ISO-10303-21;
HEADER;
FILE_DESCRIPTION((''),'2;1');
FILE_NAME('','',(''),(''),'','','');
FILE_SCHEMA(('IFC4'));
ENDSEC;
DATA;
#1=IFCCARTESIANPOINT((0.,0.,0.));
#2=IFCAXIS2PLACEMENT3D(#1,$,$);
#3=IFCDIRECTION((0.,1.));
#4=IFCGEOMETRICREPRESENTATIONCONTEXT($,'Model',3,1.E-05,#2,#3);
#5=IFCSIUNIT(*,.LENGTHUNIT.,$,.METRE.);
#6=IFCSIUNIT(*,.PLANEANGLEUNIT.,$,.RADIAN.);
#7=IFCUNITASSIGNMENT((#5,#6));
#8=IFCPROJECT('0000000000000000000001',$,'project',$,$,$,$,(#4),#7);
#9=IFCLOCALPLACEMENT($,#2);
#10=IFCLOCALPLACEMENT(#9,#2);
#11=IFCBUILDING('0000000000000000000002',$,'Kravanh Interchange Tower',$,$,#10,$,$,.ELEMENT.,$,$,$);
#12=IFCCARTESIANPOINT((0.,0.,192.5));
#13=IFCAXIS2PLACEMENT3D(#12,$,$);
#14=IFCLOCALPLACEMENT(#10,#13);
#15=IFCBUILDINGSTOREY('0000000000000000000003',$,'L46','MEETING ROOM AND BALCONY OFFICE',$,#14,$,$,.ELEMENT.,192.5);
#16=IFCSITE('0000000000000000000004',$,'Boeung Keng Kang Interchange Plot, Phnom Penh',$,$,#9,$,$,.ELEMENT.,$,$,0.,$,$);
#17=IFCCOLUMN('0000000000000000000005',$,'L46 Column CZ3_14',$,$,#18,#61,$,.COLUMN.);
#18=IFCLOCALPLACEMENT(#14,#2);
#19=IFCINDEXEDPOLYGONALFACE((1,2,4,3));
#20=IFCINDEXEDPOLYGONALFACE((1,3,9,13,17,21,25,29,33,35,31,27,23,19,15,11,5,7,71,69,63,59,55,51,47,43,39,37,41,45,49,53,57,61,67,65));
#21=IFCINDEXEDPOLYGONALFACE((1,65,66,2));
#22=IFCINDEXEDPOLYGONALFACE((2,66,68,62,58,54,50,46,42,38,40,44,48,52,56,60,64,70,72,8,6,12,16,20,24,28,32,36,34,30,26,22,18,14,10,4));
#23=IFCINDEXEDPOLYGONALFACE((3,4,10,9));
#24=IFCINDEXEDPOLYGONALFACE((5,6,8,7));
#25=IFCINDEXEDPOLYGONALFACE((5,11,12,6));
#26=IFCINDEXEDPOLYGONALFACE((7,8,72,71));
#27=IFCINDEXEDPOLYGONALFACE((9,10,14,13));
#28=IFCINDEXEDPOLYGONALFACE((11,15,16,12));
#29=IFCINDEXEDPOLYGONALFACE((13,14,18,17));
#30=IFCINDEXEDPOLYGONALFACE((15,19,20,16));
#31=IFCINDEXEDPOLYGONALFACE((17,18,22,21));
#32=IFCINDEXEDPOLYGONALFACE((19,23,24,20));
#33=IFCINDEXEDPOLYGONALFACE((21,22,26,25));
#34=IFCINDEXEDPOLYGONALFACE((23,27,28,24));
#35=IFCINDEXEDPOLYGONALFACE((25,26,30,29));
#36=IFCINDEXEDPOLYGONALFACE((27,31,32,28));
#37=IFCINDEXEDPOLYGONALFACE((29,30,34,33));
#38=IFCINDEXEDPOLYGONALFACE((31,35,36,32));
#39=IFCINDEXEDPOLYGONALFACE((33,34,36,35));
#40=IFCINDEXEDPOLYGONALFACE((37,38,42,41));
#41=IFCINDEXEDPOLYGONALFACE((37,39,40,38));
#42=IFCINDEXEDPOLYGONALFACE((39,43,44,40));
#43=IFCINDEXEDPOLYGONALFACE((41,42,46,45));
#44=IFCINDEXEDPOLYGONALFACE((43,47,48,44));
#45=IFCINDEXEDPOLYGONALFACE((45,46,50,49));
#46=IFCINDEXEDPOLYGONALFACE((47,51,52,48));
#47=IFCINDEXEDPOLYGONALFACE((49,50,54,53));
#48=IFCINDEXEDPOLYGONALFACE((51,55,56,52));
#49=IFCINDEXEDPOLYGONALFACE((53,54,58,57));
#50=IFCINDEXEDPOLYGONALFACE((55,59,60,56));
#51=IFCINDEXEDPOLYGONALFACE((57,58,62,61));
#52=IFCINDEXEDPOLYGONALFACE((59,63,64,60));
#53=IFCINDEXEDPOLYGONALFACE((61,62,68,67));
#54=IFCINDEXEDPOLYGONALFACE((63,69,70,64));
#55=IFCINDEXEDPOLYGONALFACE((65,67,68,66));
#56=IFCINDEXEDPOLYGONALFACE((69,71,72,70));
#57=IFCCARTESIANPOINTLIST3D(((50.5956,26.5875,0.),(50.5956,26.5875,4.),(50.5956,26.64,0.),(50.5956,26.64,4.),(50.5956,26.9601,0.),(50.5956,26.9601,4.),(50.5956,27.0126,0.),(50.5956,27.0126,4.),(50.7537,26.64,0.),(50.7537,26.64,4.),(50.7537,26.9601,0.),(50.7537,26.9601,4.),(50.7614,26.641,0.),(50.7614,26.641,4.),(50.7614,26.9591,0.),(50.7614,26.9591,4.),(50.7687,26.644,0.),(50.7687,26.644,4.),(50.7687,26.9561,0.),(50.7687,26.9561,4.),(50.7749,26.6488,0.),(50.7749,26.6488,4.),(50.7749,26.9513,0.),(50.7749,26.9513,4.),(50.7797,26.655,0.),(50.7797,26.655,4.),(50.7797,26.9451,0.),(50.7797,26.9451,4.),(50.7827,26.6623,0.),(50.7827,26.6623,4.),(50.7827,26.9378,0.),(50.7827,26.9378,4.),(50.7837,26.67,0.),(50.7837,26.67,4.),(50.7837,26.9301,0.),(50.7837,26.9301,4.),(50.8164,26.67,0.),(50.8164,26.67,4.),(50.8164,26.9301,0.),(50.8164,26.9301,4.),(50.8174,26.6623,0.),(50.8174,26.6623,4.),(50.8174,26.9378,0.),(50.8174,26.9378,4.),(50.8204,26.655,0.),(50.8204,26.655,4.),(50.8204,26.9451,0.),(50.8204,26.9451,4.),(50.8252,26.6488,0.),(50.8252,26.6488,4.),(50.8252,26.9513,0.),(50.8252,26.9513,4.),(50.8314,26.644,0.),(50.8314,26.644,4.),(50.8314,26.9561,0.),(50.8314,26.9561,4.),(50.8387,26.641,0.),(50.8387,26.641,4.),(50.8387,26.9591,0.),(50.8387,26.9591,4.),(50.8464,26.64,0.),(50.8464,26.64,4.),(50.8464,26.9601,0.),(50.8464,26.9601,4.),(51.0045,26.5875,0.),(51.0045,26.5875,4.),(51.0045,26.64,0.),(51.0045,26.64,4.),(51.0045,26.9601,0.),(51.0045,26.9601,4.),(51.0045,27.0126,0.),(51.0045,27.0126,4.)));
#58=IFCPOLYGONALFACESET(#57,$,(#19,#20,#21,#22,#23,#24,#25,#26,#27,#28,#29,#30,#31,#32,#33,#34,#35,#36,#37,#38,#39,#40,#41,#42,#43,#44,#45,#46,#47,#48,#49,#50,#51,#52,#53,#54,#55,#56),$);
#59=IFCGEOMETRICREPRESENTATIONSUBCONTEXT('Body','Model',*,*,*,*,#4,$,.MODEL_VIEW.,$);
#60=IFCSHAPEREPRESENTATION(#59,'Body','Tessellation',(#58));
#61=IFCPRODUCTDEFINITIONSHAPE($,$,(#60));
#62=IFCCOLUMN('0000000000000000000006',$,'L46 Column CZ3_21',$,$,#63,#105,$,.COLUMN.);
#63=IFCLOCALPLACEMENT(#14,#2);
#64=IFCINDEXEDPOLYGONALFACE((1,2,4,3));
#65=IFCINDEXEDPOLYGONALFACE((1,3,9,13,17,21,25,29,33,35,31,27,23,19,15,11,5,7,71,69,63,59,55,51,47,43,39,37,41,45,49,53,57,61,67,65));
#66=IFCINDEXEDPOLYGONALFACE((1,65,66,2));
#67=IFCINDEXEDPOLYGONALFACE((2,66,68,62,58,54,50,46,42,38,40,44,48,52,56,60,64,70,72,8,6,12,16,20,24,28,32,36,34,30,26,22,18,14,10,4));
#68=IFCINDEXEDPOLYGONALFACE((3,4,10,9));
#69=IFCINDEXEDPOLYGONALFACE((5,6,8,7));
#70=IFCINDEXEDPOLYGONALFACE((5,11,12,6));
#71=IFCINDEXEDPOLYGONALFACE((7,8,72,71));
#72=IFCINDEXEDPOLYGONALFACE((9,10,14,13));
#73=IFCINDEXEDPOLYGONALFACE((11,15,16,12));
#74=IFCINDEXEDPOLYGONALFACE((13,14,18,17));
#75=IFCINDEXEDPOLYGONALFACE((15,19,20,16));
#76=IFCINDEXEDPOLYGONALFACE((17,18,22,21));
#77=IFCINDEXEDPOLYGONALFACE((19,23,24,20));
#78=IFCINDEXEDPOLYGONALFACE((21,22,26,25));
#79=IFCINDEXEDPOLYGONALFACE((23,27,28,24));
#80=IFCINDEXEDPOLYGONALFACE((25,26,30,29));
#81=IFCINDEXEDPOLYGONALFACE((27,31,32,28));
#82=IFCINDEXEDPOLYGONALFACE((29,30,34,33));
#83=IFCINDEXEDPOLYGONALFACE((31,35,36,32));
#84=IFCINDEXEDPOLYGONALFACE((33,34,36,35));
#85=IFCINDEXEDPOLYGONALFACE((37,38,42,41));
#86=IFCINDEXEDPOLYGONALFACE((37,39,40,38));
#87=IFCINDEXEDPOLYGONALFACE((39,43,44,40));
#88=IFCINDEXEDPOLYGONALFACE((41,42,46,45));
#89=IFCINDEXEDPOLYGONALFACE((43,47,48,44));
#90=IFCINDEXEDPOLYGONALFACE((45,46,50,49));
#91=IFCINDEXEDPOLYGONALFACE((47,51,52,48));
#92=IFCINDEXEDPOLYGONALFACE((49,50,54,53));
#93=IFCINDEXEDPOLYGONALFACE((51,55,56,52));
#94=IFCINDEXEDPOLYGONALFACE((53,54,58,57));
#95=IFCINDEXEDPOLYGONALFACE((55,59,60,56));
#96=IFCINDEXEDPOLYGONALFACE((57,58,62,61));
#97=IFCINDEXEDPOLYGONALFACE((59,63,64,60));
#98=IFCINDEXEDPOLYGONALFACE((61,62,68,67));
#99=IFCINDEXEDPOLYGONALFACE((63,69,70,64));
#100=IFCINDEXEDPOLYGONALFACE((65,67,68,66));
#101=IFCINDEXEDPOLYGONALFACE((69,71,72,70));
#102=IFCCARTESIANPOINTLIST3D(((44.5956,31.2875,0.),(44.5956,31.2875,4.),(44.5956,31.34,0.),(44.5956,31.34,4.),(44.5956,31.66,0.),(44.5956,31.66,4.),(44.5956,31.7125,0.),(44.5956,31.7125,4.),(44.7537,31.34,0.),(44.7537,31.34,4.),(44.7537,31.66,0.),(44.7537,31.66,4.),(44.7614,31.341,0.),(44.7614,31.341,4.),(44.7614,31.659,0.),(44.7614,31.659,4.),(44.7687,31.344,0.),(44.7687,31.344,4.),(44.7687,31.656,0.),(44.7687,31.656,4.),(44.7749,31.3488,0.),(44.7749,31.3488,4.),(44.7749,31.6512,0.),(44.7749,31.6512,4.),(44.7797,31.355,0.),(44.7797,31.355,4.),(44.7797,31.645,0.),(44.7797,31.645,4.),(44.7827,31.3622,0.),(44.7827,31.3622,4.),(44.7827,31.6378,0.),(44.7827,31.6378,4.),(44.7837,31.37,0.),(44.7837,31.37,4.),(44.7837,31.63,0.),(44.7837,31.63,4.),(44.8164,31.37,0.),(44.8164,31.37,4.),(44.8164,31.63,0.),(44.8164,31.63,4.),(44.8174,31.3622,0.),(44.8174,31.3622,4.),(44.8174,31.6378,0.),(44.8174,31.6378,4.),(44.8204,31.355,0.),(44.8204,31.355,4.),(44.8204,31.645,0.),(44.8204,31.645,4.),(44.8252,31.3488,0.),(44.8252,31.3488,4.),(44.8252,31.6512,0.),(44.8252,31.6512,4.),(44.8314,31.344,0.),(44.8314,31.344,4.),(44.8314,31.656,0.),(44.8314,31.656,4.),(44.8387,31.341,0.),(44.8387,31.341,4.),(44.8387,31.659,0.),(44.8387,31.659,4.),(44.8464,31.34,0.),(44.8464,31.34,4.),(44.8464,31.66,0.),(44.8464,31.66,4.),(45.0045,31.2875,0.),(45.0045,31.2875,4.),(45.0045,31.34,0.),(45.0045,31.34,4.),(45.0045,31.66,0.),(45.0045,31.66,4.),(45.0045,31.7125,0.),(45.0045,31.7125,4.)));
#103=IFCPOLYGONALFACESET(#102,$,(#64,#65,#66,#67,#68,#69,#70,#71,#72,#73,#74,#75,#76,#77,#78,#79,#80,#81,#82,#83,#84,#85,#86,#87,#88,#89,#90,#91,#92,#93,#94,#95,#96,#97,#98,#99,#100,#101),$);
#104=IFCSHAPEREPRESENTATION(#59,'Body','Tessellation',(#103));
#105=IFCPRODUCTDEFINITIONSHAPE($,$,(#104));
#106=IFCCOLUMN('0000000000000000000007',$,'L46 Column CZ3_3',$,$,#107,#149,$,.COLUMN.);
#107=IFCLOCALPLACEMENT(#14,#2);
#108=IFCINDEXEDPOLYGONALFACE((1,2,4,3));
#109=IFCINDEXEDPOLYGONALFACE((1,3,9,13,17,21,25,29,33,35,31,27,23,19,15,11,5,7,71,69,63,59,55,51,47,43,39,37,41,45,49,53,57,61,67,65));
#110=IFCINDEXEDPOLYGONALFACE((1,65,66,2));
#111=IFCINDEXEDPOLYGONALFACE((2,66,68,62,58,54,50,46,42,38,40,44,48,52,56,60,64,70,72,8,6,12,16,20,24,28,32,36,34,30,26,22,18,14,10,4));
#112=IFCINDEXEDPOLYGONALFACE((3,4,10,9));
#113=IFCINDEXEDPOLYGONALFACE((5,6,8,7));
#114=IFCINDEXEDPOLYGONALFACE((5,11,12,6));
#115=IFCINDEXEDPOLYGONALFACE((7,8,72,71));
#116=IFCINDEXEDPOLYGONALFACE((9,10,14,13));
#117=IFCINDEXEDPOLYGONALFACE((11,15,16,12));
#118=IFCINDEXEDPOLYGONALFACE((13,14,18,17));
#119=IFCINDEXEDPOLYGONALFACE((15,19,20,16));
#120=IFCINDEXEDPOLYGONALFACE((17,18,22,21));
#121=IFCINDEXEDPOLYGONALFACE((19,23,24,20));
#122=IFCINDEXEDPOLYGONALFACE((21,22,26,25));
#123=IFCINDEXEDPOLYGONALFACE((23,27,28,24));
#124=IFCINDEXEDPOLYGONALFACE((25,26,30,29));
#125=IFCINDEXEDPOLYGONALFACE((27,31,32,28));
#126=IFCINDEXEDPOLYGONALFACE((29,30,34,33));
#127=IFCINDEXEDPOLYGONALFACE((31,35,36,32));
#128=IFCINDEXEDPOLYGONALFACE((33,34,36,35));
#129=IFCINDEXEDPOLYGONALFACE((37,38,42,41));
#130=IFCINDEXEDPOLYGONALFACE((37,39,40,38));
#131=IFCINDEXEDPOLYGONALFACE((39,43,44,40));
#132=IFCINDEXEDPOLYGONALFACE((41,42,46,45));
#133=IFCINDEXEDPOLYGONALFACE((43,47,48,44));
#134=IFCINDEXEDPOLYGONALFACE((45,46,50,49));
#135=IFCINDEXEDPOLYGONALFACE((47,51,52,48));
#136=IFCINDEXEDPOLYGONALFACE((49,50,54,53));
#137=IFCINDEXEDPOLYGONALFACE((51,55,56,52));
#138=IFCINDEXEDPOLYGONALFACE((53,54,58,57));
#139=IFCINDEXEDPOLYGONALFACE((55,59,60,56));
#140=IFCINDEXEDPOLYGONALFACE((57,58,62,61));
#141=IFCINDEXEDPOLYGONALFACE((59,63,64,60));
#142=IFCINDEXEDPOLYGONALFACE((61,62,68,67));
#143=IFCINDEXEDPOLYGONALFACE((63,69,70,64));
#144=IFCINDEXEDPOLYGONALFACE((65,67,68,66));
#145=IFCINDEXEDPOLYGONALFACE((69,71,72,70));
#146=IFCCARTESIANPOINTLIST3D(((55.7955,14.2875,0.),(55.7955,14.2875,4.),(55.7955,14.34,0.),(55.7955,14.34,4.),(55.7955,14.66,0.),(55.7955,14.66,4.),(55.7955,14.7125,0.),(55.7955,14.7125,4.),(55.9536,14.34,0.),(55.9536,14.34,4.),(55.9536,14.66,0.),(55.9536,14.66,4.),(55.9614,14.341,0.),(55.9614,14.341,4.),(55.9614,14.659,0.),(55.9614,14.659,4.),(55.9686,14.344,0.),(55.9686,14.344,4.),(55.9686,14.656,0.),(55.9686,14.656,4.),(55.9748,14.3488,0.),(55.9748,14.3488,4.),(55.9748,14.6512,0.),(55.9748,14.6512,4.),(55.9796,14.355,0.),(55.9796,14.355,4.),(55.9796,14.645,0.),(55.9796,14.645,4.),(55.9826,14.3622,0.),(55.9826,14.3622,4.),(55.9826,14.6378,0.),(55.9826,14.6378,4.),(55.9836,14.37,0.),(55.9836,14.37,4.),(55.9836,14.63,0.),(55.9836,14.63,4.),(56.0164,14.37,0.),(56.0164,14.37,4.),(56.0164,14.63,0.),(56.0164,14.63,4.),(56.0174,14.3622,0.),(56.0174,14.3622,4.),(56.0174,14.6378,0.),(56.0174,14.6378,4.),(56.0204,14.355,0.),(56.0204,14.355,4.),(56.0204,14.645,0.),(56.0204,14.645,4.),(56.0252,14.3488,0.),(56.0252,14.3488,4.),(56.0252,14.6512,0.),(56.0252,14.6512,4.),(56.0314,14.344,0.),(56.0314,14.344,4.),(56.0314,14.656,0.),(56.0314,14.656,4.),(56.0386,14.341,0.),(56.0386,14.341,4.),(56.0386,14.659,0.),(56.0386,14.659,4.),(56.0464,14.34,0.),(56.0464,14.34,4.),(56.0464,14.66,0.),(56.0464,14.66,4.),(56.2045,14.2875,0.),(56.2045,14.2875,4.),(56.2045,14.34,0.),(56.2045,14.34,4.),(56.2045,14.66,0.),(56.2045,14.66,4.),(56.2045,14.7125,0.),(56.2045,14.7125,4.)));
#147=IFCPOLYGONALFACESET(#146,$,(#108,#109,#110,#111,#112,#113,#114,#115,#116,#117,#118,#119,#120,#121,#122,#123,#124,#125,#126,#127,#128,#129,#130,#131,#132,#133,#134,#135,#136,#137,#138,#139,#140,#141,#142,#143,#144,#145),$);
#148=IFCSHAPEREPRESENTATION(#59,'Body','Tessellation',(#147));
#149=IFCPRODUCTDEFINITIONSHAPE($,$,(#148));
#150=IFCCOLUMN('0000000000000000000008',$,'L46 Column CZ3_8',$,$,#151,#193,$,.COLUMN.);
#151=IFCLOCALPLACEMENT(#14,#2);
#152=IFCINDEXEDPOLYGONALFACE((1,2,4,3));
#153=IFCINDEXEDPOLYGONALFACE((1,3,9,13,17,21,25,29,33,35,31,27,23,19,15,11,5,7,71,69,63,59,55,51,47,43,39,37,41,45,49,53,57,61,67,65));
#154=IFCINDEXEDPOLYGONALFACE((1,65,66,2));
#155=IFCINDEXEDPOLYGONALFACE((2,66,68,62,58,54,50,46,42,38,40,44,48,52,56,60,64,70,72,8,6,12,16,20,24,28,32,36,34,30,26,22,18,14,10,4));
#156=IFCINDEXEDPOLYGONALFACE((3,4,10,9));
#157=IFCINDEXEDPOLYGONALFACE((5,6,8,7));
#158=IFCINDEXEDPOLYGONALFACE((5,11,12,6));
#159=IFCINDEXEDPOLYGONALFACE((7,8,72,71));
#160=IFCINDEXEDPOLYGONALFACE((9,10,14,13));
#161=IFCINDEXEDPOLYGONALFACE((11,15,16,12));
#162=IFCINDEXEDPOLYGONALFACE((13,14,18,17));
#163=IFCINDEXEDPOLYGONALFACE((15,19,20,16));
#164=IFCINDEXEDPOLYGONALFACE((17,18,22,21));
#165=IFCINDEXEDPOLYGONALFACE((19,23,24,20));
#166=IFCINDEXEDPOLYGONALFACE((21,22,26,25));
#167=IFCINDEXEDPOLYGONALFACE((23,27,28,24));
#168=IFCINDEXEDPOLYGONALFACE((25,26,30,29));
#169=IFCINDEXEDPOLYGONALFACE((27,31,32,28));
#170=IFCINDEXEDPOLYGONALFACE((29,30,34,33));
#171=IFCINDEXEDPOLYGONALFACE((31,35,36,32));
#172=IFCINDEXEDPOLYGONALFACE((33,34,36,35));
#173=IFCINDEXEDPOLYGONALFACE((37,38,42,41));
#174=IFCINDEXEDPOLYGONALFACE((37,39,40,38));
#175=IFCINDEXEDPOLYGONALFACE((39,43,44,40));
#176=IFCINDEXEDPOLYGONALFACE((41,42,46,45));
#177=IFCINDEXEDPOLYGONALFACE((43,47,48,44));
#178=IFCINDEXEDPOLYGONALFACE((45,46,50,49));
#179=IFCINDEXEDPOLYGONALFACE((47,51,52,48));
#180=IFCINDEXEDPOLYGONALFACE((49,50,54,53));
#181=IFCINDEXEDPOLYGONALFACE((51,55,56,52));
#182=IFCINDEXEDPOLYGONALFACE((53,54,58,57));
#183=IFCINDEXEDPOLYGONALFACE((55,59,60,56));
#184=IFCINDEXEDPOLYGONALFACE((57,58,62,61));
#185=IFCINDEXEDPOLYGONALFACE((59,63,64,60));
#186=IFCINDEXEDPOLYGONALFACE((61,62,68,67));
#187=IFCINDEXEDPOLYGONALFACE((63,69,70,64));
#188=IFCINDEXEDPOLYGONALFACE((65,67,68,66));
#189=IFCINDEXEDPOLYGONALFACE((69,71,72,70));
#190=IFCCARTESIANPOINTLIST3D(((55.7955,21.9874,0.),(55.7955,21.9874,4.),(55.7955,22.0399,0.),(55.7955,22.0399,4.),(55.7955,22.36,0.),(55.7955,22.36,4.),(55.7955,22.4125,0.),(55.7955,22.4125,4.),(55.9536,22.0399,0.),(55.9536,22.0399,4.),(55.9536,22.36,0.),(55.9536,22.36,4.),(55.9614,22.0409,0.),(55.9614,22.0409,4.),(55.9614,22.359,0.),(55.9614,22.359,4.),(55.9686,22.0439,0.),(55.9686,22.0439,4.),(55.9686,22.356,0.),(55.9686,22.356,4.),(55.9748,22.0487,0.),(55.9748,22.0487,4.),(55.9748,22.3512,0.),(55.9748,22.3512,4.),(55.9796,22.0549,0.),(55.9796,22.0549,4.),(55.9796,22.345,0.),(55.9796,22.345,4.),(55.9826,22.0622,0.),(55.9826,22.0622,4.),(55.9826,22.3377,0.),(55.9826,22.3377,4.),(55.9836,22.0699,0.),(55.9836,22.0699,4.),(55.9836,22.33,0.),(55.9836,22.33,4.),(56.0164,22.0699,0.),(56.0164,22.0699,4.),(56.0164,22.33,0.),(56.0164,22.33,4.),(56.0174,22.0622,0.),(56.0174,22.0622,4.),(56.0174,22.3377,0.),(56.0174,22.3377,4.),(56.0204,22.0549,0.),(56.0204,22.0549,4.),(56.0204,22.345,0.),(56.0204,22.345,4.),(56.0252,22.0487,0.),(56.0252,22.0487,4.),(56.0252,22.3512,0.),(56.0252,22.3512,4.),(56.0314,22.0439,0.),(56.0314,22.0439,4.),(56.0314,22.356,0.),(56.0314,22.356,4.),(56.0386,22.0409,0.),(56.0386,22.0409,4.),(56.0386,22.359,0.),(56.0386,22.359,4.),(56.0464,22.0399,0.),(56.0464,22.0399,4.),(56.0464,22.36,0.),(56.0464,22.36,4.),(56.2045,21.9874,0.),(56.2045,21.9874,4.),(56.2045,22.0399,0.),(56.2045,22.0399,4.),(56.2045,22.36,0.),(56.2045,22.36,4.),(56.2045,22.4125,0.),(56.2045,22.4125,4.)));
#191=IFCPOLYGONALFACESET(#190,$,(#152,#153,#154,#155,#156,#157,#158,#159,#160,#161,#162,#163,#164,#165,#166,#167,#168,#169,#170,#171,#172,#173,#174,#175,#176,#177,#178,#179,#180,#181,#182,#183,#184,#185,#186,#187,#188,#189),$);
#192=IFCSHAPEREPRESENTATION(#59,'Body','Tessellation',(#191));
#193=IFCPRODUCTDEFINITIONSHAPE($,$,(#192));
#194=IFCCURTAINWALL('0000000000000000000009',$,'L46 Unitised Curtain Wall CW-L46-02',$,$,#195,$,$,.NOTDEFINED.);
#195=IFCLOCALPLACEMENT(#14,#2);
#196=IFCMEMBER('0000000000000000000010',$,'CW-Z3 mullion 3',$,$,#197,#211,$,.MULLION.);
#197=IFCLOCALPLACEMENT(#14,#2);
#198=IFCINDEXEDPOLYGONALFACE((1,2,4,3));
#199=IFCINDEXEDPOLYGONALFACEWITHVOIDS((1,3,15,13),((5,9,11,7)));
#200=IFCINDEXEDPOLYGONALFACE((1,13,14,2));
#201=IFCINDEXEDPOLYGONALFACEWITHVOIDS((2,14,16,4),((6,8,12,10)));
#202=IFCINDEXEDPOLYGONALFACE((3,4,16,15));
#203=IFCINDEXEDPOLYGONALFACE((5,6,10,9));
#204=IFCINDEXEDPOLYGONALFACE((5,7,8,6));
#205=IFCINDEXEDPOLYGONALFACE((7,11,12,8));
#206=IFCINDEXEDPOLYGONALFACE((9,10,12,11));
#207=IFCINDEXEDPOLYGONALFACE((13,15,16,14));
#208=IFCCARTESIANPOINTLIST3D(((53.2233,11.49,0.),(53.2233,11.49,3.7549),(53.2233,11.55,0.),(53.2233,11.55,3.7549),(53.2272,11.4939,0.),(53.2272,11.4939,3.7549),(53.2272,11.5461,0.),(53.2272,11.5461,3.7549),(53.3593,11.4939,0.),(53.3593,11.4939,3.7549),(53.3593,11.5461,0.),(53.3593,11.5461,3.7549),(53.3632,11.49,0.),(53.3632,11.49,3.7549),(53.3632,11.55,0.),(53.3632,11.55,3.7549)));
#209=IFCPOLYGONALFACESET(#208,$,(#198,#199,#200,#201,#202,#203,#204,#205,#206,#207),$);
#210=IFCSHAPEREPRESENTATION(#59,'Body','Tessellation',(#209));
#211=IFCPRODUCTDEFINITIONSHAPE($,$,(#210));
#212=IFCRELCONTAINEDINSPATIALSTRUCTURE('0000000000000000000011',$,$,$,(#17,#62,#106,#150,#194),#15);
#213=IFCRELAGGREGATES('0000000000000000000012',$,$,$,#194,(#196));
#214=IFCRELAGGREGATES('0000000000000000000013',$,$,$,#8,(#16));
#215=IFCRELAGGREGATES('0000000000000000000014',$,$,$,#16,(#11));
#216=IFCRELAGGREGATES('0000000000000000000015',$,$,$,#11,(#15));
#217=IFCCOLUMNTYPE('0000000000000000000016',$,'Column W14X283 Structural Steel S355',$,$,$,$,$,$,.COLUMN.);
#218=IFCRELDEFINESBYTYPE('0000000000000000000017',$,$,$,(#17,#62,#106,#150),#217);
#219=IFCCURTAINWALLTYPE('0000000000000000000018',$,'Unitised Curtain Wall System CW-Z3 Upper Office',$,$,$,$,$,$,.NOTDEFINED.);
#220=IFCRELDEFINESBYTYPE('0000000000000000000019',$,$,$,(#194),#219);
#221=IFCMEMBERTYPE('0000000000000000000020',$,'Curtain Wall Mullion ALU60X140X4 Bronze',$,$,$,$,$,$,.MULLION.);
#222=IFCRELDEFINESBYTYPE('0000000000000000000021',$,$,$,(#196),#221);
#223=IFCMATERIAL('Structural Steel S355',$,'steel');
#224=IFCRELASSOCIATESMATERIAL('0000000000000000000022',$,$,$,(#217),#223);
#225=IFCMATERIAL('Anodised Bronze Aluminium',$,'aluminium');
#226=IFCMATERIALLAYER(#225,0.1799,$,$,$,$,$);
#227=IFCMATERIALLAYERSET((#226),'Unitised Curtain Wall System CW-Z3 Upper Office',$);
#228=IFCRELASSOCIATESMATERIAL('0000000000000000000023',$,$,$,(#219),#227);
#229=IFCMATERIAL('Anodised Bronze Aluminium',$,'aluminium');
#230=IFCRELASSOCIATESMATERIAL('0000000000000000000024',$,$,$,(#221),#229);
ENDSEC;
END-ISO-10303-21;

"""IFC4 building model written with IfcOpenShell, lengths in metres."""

from ifc_helpers import new_model, si_unit, direction, frame, origin, origin_2d, place, context, subcontext, project, spatial, hollow_rectangle, i_section, extrude, material, layer, layer_set, material_profile, profile_set, type_object, element, aggregate, save


model = new_model("IFC4")

# Units and contexts
model_context = context("Model", 3, precision=1e-05, world=origin(), true_north=direction((0.0, 1.0)))
body_context = subcontext(model_context, "Body", "Model", "MODEL_VIEW")
ifc_project = project(units=[si_unit("LENGTHUNIT", "METRE"), si_unit("PLANEANGLEUNIT", "RADIAN")], contexts=[model_context])

# Site, building, storey
site_placement = place(None, origin())
site = spatial("IfcSite", under=ifc_project, at=site_placement, Name="Boeung Keng Kang Interchange Plot, Phnom Penh", CompositionType="ELEMENT", RefElevation=0.0)
building_placement = place(site_placement, origin())
building = spatial("IfcBuilding", under=site, at=building_placement, Name="Kravanh Interchange Tower", CompositionType="ELEMENT")
storey_placement = place(building_placement, frame((0.0, 0.0, 192.5)))
storey = spatial("IfcBuildingStorey", under=building, at=storey_placement, Name="L46", Description="MEETING ROOM AND BALCONY OFFICE", CompositionType="ELEMENT", Elevation=192.5)

# Columns
ifc_material_1 = material(Name="Structural Steel S355", Category="steel")
ifc_material_profile_1 = material_profile(ifc_material_1, i_section(OverallWidth=0.4089, OverallDepth=0.425, WebThickness=0.0327, FlangeThickness=0.0525, FilletRadius=0.03, at=origin_2d()), Name="W14X283")
ifc_profile_set_1 = profile_set([ifc_material_profile_1], Name="Structural Steel S355")
column_type = type_object("IfcColumnType", Name="Column W14X283 Structural Steel S355", PredefinedType="COLUMN", material=ifc_profile_set_1)
for number, where, z_axis, x_axis, name in (
    (1, (50.8, 26.8, 0.0), (0.0, 0.0, 1.0), (1.0, 0.0, 0.0), "L46 Column CZ3_14"),
    (2, (44.8, 31.5, 0.0), (0.0, 0.0, 1.0), (1.0, 0.0, 0.0), "L46 Column CZ3_21"),
    (3, (56.0, 14.5, 0.0), (0.0, 0.0, 1.0), (1.0, 0.0, 0.0), "L46 Column CZ3_3"),
    (4, (56.0, 22.2, 0.0), (0.0, 0.0, 1.0), (1.0, 0.0, 0.0), "L46 Column CZ3_8"),
):
    element("IfcColumn", number, at=place(storey_placement, frame(where, z_axis=z_axis, x_axis=x_axis)), inside=storey, type_object=column_type, Name=name, PredefinedType="COLUMN", context=body_context, shape_type="SweptSolid", body=[
        extrude(i_section(OverallWidth=0.4089, OverallDepth=0.425, WebThickness=0.0327, FlangeThickness=0.0525, FilletRadius=0.03, at=origin_2d()), origin(), (0.0, 0.0, 1.0), 4.0),
    ])

# Curtain wall, member
ifc_material_2 = material(Name="Anodised Bronze Aluminium", Category="aluminium")
ifc_layer_1 = layer(ifc_material_2, 0.1799)
ifc_layer_set_1 = layer_set([ifc_layer_1], Name="Unitised Curtain Wall System CW-Z3 Upper Office")
curtain_wall_type = type_object("IfcCurtainWallType", Name="Unitised Curtain Wall System CW-Z3 Upper Office", PredefinedType="NOTDEFINED", material=ifc_layer_set_1)
curtain_wall_1_placement = place(storey_placement, origin())
curtain_wall_1 = element("IfcCurtainWall", 5, at=curtain_wall_1_placement, inside=storey, type_object=curtain_wall_type, Name="L46 Unitised Curtain Wall CW-L46-02", PredefinedType="NOTDEFINED")
ifc_material_3 = material(Name="Anodised Bronze Aluminium", Category="aluminium")
ifc_material_profile_2 = material_profile(ifc_material_3, hollow_rectangle(XDim=0.0601, YDim=0.1399, WallThickness=0.0039, at=origin_2d()), Name="ALU60X140X4")
ifc_profile_set_2 = profile_set([ifc_material_profile_2], Name="Anodised Bronze Aluminium")
member_type_1 = type_object("IfcMemberType", Name="Curtain Wall Mullion ALU60X140X4 Bronze", PredefinedType="MULLION", material=ifc_profile_set_2)
member_1_placement = place(storey_placement, frame((53.2932, 11.52, 0.0), z_axis=(0.0, 0.0, 1.0), x_axis=(0.0, -1.0, 0.0)))
member_1 = element("IfcMember", 6, at=member_1_placement, type_object=member_type_1, Name="CW-Z3 mullion 3", PredefinedType="MULLION", context=body_context, shape_type="SweptSolid", body=[
    extrude(hollow_rectangle(XDim=0.0601, YDim=0.1399, WallThickness=0.0039, at=origin_2d()), origin(), (0.0, 0.0, 1.0), 3.7549),
])

aggregate(curtain_wall_1, [member_1])

save(model, "model.ifc")
